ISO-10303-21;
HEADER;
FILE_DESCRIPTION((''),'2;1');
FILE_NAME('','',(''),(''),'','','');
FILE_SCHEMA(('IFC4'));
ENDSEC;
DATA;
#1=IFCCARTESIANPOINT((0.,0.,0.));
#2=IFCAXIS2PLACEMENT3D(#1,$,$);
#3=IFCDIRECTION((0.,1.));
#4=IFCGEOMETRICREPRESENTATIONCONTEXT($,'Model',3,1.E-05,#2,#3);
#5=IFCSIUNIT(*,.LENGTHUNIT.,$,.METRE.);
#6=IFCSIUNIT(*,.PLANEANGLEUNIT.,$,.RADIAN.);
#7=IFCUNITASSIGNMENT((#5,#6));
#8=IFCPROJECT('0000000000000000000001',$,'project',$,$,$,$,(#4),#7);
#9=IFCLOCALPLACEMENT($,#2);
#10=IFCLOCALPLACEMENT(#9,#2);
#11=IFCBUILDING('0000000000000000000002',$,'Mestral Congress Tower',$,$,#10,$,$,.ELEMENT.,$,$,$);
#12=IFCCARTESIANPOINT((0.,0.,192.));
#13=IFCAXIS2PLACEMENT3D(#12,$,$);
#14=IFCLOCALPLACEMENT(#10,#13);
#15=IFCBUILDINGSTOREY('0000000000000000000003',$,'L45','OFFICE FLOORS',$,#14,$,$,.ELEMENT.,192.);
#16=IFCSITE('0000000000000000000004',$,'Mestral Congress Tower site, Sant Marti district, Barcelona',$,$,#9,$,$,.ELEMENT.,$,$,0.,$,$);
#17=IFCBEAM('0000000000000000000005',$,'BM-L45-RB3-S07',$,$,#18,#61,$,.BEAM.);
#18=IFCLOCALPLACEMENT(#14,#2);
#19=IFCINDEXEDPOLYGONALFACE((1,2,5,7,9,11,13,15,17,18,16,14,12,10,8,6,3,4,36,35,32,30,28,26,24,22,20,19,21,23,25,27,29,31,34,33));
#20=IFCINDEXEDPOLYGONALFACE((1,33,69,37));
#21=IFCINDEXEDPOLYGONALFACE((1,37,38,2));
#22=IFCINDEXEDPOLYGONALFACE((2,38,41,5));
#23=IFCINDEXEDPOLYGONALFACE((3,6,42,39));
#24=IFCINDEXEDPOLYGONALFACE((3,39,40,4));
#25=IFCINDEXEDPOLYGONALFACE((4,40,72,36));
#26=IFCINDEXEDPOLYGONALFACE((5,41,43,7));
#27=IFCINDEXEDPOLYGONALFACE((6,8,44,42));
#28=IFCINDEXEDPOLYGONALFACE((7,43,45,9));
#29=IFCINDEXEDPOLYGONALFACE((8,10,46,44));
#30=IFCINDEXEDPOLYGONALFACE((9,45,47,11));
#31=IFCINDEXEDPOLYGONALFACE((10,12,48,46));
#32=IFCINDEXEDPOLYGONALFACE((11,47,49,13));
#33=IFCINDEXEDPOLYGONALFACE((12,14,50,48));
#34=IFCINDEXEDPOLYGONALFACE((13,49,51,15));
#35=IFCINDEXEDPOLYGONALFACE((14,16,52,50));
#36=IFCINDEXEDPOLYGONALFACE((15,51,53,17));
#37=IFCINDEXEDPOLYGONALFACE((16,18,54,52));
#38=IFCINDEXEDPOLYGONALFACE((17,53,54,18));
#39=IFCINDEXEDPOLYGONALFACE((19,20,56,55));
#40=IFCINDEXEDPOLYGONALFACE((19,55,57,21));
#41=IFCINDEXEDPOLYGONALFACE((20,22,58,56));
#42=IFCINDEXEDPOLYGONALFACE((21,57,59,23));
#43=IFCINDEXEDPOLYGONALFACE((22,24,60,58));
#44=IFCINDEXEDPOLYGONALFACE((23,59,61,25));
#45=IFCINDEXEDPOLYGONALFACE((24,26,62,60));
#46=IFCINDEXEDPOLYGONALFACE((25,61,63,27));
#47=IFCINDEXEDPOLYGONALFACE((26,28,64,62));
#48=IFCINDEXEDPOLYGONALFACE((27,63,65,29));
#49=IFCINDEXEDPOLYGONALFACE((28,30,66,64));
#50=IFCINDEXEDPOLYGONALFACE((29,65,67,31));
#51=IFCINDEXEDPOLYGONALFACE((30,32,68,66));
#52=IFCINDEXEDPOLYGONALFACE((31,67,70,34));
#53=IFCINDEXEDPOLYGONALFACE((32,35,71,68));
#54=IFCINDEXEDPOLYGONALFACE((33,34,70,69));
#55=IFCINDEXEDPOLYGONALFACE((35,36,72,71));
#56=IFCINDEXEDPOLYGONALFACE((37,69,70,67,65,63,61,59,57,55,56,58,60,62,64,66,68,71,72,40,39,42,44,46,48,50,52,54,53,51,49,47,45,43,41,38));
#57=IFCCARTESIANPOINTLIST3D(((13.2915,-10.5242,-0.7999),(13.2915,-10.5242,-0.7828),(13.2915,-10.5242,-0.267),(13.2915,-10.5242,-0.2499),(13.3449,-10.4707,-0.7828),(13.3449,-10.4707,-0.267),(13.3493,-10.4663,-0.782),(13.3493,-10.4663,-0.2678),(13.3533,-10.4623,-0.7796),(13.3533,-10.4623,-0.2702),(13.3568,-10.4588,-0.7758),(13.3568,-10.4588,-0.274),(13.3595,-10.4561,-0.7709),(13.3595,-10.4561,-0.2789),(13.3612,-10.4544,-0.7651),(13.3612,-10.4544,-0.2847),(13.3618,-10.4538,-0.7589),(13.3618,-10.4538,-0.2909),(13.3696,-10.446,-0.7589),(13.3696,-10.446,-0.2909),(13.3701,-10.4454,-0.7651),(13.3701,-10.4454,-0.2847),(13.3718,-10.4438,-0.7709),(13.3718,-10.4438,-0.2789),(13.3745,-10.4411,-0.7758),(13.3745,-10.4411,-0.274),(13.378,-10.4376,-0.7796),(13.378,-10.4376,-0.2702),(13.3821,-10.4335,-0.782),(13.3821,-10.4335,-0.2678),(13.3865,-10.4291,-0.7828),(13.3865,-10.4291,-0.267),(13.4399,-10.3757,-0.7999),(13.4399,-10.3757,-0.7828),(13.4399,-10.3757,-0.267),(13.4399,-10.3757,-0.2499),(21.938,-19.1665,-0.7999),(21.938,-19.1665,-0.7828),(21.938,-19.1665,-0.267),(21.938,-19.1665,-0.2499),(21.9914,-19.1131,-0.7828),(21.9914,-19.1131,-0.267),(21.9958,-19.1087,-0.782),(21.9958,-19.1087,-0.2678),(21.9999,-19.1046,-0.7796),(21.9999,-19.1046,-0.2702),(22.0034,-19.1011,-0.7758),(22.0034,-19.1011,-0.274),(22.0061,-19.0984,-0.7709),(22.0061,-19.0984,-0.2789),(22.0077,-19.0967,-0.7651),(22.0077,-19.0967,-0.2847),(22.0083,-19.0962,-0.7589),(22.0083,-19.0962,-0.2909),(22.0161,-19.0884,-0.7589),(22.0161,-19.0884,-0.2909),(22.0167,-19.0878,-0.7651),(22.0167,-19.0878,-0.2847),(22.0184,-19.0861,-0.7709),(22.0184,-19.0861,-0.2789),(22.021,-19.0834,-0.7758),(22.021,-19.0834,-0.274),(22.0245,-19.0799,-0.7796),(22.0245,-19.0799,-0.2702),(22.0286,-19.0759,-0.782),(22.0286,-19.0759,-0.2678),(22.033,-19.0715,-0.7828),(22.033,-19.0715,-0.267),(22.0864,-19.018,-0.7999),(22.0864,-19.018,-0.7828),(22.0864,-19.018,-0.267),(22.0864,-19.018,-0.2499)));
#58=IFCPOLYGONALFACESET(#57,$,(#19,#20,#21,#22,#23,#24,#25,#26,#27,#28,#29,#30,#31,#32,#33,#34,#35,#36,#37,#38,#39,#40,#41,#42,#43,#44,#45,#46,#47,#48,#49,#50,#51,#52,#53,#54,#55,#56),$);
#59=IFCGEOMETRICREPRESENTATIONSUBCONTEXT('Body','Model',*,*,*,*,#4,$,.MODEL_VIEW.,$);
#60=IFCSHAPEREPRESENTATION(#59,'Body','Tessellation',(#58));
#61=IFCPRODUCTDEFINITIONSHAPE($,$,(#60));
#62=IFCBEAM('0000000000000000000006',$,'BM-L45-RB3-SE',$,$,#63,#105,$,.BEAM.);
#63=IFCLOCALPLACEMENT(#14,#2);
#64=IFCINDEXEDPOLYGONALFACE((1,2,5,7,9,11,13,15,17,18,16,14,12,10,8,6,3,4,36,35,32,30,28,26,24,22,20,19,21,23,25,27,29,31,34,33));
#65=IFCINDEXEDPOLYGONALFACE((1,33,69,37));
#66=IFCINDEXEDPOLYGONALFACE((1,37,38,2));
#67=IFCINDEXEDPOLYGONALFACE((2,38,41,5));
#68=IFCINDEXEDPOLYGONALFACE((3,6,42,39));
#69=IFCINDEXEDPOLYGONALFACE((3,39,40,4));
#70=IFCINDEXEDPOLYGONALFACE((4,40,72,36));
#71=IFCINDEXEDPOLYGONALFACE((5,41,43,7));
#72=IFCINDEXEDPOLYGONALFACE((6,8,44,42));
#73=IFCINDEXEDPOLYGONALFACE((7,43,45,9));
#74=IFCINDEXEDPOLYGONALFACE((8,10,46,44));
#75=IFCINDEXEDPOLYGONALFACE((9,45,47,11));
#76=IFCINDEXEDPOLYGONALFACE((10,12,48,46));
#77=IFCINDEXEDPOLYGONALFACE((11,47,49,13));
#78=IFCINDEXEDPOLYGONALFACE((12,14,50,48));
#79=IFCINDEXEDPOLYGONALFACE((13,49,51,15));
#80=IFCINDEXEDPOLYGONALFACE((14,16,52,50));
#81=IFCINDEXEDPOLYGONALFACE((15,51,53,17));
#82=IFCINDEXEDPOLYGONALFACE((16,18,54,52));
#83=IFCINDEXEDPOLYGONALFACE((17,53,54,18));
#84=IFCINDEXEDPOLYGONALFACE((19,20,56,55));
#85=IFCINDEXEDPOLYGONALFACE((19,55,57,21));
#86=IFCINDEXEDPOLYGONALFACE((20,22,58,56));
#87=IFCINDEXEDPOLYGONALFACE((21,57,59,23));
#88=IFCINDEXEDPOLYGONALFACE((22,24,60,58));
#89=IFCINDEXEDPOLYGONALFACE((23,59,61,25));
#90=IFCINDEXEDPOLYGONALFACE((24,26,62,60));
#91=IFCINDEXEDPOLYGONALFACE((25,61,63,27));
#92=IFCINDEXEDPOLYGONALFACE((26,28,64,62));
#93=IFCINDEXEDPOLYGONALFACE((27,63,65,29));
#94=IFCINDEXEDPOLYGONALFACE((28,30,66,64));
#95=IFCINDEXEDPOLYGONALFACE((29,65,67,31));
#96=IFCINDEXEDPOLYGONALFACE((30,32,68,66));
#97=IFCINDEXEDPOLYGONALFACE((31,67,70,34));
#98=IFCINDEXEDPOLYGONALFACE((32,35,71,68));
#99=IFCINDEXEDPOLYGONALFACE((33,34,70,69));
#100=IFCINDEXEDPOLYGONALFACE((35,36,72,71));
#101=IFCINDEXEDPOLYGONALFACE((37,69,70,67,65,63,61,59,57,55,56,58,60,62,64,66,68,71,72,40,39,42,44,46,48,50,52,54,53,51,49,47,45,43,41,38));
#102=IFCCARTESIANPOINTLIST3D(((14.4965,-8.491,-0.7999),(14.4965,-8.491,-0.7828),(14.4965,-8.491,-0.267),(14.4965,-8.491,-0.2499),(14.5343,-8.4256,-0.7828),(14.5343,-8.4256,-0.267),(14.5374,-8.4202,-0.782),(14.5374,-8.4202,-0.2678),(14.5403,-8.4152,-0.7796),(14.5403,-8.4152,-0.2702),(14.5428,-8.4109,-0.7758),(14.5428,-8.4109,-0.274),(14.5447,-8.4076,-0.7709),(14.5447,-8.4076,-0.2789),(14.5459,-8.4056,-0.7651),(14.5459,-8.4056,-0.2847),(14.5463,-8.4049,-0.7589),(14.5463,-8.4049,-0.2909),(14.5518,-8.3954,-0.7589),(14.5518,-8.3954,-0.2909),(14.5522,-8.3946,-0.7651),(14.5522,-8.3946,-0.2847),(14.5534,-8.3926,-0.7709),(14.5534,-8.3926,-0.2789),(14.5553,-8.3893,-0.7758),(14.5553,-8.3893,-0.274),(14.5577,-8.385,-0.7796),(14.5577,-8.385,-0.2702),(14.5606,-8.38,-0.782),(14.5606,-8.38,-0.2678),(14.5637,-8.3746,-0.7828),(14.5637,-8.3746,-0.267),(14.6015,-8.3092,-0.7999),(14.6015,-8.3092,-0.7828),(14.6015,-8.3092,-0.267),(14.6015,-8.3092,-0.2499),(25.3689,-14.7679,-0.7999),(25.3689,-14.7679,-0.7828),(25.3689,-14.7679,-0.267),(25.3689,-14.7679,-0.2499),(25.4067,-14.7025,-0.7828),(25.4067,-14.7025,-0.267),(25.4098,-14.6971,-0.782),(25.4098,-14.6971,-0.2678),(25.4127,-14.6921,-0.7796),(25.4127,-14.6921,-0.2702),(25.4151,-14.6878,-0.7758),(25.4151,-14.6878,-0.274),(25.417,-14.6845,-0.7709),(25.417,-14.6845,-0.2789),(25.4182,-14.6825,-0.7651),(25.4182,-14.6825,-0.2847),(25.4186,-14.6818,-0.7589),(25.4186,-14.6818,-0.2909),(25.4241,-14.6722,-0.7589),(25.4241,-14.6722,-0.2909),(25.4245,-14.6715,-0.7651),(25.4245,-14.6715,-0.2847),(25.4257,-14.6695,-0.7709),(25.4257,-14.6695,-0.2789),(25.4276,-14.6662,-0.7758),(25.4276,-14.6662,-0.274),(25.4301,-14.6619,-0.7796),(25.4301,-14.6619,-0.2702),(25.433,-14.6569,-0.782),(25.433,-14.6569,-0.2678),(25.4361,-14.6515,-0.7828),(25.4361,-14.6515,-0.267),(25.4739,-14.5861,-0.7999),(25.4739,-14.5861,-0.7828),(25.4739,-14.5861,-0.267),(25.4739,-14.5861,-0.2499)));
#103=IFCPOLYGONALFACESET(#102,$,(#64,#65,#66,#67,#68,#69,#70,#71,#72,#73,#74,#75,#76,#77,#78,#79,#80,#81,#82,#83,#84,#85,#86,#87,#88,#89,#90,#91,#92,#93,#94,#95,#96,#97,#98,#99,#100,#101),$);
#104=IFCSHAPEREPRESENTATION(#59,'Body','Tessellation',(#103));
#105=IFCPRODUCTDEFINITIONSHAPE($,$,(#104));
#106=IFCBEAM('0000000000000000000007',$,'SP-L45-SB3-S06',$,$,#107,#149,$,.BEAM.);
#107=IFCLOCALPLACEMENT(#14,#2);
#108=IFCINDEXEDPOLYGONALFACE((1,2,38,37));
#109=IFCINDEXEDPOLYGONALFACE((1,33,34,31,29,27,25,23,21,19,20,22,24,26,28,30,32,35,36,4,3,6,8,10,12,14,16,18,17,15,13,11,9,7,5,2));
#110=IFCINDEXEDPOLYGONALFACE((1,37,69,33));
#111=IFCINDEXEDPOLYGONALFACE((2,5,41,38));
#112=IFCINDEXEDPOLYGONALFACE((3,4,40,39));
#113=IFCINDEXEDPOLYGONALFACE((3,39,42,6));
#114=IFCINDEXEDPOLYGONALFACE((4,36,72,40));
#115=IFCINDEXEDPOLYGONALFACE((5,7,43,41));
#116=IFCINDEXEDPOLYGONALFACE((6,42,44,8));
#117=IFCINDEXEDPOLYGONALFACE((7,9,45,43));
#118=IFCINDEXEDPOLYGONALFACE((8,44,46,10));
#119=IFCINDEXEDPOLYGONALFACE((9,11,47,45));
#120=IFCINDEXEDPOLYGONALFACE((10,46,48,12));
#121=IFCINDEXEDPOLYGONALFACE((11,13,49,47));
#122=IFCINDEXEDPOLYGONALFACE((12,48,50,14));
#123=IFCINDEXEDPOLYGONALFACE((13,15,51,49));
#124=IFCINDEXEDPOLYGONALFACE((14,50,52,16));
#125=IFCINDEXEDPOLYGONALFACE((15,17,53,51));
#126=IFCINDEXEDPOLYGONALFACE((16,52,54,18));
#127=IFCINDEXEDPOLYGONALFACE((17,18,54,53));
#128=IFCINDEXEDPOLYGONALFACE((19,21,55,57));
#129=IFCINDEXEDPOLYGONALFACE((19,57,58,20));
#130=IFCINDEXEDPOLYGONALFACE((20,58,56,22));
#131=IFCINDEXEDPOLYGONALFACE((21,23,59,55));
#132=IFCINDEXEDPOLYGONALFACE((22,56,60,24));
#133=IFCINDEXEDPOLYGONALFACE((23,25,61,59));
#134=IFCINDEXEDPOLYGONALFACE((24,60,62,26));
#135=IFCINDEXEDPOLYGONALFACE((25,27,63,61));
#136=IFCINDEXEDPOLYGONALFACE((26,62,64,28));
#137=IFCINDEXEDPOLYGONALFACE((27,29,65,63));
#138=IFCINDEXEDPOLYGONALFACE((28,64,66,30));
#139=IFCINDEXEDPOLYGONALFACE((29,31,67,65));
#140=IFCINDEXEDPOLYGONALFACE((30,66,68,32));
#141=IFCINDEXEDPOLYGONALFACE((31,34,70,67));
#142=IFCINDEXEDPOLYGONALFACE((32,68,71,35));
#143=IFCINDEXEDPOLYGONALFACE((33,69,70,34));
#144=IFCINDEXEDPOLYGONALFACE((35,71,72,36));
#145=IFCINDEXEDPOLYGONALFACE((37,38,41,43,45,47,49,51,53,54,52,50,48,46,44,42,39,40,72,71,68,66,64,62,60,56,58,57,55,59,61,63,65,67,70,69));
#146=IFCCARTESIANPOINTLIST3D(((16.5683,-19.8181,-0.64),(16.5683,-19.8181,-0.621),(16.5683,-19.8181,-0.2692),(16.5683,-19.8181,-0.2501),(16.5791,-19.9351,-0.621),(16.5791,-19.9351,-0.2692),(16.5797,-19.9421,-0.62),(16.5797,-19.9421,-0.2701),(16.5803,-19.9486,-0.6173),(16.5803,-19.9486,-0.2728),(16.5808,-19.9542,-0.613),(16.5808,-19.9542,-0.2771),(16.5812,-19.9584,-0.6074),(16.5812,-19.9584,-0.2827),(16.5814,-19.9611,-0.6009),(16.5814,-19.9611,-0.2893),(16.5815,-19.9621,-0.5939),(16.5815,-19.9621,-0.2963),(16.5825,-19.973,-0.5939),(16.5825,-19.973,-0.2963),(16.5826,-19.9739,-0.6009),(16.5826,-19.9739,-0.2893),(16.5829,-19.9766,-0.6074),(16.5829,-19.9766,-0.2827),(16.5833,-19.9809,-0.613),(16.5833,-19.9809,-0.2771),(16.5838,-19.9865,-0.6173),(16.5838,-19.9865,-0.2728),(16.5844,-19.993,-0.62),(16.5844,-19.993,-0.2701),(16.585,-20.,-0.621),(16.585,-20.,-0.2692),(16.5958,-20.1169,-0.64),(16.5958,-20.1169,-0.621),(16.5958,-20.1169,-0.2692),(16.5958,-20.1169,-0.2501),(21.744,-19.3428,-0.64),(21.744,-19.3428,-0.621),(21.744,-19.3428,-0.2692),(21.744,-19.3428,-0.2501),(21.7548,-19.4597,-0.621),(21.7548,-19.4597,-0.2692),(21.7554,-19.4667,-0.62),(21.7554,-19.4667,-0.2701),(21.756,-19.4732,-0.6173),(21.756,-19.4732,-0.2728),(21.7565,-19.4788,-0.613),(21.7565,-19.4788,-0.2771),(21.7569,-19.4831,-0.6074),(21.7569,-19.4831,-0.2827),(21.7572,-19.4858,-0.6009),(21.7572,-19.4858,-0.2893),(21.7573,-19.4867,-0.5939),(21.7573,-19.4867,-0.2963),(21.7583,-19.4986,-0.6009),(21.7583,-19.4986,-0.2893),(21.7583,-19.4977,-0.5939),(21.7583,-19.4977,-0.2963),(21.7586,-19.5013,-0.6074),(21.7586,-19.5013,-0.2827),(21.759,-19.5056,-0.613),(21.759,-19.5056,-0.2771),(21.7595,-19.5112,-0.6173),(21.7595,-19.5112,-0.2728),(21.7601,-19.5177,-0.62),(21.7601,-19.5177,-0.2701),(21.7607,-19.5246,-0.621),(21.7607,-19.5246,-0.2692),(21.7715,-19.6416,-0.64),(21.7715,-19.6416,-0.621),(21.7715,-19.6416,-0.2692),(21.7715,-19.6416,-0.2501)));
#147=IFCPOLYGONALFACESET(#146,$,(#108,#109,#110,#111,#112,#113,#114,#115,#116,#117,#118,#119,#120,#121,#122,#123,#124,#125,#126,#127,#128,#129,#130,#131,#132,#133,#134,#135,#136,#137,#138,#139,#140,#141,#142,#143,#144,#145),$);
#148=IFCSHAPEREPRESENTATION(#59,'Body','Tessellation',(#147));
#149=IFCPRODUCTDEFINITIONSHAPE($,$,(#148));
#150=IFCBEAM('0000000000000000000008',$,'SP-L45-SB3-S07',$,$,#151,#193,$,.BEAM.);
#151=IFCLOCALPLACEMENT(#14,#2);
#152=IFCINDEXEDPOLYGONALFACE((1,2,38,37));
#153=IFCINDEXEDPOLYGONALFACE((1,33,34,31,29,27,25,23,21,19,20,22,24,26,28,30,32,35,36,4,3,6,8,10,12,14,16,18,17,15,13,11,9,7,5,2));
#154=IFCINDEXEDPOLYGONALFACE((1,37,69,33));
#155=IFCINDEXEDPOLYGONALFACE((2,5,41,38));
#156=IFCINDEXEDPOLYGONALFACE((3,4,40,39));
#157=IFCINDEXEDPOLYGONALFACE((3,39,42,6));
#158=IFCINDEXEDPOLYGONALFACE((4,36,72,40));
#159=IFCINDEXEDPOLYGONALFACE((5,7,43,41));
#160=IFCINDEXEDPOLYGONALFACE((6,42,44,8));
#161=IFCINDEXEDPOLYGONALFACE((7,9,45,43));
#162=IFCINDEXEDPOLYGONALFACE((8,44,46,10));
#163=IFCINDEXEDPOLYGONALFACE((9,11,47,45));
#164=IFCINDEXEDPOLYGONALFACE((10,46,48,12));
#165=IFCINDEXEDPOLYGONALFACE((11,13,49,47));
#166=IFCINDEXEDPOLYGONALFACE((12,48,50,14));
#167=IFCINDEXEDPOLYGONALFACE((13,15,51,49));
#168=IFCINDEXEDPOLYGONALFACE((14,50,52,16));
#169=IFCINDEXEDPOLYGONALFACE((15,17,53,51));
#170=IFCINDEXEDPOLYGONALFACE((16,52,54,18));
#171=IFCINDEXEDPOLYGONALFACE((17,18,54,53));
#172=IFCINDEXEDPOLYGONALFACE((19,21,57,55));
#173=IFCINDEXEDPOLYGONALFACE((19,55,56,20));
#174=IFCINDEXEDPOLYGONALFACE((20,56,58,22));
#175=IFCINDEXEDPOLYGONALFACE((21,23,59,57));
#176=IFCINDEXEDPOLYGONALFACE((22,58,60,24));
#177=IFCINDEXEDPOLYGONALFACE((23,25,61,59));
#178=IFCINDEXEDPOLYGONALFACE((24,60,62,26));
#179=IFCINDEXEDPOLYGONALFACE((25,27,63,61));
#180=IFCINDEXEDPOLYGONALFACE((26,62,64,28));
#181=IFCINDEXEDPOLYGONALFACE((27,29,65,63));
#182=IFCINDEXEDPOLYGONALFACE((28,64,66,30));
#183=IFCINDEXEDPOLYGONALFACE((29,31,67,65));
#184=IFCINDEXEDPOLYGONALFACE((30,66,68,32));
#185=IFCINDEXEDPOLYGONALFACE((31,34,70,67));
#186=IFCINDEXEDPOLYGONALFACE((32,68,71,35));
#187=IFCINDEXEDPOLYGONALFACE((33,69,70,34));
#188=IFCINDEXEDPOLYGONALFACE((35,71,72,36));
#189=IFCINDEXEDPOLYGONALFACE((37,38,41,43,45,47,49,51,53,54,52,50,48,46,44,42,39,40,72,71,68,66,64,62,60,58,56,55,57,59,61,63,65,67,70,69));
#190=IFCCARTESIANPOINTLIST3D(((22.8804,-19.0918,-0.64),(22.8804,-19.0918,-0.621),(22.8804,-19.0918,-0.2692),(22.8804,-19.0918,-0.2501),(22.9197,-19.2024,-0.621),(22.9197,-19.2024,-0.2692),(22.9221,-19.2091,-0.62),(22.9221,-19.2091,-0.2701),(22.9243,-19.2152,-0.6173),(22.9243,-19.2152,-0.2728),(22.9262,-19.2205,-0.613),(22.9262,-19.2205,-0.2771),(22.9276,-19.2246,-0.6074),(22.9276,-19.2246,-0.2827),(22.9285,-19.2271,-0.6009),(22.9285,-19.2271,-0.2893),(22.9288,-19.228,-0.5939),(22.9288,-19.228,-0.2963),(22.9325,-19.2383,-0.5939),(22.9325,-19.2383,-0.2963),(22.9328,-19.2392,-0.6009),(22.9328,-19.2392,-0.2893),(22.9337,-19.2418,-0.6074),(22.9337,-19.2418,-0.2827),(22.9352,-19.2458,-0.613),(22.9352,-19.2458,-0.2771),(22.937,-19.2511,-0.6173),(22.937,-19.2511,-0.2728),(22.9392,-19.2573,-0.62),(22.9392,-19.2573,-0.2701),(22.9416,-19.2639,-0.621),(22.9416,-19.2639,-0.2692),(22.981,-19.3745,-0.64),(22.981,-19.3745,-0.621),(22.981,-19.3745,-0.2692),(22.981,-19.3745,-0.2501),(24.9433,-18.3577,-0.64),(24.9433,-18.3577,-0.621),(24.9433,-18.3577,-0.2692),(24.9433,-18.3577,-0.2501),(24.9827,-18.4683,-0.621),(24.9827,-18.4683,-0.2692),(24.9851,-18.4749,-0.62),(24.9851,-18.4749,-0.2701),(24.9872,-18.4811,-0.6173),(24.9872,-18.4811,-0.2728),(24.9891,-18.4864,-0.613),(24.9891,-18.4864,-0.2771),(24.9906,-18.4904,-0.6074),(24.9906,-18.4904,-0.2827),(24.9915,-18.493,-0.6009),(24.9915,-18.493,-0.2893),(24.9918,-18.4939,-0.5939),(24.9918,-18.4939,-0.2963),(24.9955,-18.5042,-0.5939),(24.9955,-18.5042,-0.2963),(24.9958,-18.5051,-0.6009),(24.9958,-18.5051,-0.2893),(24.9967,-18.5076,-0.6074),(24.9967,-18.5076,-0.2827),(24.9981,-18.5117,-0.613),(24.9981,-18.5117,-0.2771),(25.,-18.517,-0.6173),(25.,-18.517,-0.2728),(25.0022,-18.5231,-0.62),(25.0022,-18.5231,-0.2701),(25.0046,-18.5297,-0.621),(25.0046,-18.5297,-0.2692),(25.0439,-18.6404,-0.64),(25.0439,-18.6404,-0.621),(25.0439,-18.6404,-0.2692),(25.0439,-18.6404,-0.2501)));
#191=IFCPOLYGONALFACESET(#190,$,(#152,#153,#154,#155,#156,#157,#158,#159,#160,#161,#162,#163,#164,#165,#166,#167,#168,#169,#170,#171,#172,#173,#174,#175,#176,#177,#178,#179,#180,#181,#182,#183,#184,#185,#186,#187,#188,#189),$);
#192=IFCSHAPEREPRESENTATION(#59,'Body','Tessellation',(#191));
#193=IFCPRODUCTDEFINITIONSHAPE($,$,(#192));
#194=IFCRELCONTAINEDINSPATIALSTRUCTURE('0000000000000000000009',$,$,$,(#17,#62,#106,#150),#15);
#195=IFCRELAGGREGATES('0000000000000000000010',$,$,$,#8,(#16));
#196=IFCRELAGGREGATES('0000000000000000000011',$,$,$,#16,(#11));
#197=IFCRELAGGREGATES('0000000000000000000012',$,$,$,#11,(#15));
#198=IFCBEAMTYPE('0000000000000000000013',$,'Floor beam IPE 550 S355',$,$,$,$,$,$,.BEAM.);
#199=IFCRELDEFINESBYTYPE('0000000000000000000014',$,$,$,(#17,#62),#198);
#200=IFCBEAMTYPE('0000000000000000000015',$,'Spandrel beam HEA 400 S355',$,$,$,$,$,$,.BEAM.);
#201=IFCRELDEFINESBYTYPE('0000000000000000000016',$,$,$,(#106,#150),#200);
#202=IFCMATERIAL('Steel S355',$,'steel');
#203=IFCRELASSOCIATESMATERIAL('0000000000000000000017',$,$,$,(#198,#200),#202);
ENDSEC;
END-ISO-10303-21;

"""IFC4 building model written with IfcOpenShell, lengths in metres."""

from ifc_helpers import new_model, si_unit, direction, frame, origin, origin_2d, place, context, subcontext, project, spatial, i_section, extrude, material, material_profile, profile_set, type_object, element, save


model = new_model("IFC4")

# Units and contexts
model_context = context("Model", 3, precision=1e-05, world=origin(), true_north=direction((0.0, 1.0)))
body_context = subcontext(model_context, "Body", "Model", "MODEL_VIEW")
ifc_project = project(units=[si_unit("LENGTHUNIT", "METRE"), si_unit("PLANEANGLEUNIT", "RADIAN")], contexts=[model_context])

# Site, building, storey
site_placement = place(None, origin())
site = spatial("IfcSite", under=ifc_project, at=site_placement, Name="Mestral Congress Tower site, Sant Marti district, Barcelona", CompositionType="ELEMENT", RefElevation=0.0)
building_placement = place(site_placement, origin())
building = spatial("IfcBuilding", under=site, at=building_placement, Name="Mestral Congress Tower", CompositionType="ELEMENT")
storey_placement = place(building_placement, frame((0.0, 0.0, 192.0)))
storey = spatial("IfcBuildingStorey", under=building, at=storey_placement, Name="L45", Description="OFFICE FLOORS", CompositionType="ELEMENT", Elevation=192.0)

# Beams
ifc_material_1 = material(Name="Steel S355", Category="steel")
ifc_material_profile_1 = material_profile(ifc_material_1, i_section(OverallWidth=0.21, OverallDepth=0.55, WebThickness=0.011, FlangeThickness=0.0171, FilletRadius=0.0239, at=origin_2d()), Name="IPE 550")
ifc_profile_set_1 = profile_set([ifc_material_profile_1], Name="Steel S355")
beam_type_1 = type_object("IfcBeamType", Name="Floor beam IPE 550 S355", PredefinedType="BEAM", material=ifc_profile_set_1)
beam_1_placement = place(storey_placement, frame((22.0122, -19.0923, -0.5249), z_axis=(-0.707277, 0.706937, 0.0), x_axis=(-0.706937, -0.707277, 0.0)))
element("IfcBeam", 1, at=beam_1_placement, inside=storey, type_object=beam_type_1, Name="BM-L45-RB3-S07", PredefinedType="BEAM", context=body_context, shape_type="SweptSolid", body=[
    extrude(i_section(OverallWidth=0.21, OverallDepth=0.55, WebThickness=0.011, FlangeThickness=0.0171, FilletRadius=0.0239, at=origin_2d()), origin(), (0.0, 0.0, 1.0), 12.2251),
])
beam_2_placement = place(storey_placement, frame((25.4214, -14.677, -0.5249), z_axis=(-0.866035, 0.499983, 0.0), x_axis=(-0.499983, -0.866035, 0.0)))
element("IfcBeam", 2, at=beam_2_placement, inside=storey, type_object=beam_type_1, Name="BM-L45-RB3-SE", PredefinedType="BEAM", context=body_context, shape_type="SweptSolid", body=[
    extrude(i_section(OverallWidth=0.21, OverallDepth=0.55, WebThickness=0.011, FlangeThickness=0.0171, FilletRadius=0.0239, at=origin_2d()), origin(), (0.0, 0.0, 1.0), 12.5542),
])
ifc_material_profile_2 = material_profile(ifc_material_1, i_section(OverallWidth=0.3, OverallDepth=0.3899, WebThickness=0.011, FlangeThickness=0.019, FilletRadius=0.0271, at=origin_2d()), Name="HEA 400")
ifc_profile_set_2 = profile_set([ifc_material_profile_2], Name="Steel S355")
beam_type_2 = type_object("IfcBeamType", Name="Spandrel beam HEA 400 S355", PredefinedType="BEAM", material=ifc_profile_set_2)
beam_3_placement = place(storey_placement, frame((16.582, -19.9675, -0.4451), z_axis=(0.995809, 0.091455, 0.0), x_axis=(-0.091455, 0.995809, 0.0)))
element("IfcBeam", 3, at=beam_3_placement, inside=storey, type_object=beam_type_2, Name="SP-L45-SB3-S06", PredefinedType="BEAM", context=body_context, shape_type="SweptSolid", body=[
    extrude(i_section(OverallWidth=0.3, OverallDepth=0.3899, WebThickness=0.011, FlangeThickness=0.019, FilletRadius=0.0271, at=origin_2d()), origin(), (0.0, 0.0, 1.0), 5.1975),
])
beam_4_placement = place(storey_placement, frame((22.9307, -19.2332, -0.4451), z_axis=(0.942125, 0.335263, 0.0), x_axis=(-0.335263, 0.942125, 0.0)))
element("IfcBeam", 4, at=beam_4_placement, inside=storey, type_object=beam_type_2, Name="SP-L45-SB3-S07", PredefinedType="BEAM", context=body_context, shape_type="SweptSolid", body=[
    extrude(i_section(OverallWidth=0.3, OverallDepth=0.3899, WebThickness=0.011, FlangeThickness=0.019, FilletRadius=0.0271, at=origin_2d()), origin(), (0.0, 0.0, 1.0), 2.1897),
])

save(model, "model.ifc")
